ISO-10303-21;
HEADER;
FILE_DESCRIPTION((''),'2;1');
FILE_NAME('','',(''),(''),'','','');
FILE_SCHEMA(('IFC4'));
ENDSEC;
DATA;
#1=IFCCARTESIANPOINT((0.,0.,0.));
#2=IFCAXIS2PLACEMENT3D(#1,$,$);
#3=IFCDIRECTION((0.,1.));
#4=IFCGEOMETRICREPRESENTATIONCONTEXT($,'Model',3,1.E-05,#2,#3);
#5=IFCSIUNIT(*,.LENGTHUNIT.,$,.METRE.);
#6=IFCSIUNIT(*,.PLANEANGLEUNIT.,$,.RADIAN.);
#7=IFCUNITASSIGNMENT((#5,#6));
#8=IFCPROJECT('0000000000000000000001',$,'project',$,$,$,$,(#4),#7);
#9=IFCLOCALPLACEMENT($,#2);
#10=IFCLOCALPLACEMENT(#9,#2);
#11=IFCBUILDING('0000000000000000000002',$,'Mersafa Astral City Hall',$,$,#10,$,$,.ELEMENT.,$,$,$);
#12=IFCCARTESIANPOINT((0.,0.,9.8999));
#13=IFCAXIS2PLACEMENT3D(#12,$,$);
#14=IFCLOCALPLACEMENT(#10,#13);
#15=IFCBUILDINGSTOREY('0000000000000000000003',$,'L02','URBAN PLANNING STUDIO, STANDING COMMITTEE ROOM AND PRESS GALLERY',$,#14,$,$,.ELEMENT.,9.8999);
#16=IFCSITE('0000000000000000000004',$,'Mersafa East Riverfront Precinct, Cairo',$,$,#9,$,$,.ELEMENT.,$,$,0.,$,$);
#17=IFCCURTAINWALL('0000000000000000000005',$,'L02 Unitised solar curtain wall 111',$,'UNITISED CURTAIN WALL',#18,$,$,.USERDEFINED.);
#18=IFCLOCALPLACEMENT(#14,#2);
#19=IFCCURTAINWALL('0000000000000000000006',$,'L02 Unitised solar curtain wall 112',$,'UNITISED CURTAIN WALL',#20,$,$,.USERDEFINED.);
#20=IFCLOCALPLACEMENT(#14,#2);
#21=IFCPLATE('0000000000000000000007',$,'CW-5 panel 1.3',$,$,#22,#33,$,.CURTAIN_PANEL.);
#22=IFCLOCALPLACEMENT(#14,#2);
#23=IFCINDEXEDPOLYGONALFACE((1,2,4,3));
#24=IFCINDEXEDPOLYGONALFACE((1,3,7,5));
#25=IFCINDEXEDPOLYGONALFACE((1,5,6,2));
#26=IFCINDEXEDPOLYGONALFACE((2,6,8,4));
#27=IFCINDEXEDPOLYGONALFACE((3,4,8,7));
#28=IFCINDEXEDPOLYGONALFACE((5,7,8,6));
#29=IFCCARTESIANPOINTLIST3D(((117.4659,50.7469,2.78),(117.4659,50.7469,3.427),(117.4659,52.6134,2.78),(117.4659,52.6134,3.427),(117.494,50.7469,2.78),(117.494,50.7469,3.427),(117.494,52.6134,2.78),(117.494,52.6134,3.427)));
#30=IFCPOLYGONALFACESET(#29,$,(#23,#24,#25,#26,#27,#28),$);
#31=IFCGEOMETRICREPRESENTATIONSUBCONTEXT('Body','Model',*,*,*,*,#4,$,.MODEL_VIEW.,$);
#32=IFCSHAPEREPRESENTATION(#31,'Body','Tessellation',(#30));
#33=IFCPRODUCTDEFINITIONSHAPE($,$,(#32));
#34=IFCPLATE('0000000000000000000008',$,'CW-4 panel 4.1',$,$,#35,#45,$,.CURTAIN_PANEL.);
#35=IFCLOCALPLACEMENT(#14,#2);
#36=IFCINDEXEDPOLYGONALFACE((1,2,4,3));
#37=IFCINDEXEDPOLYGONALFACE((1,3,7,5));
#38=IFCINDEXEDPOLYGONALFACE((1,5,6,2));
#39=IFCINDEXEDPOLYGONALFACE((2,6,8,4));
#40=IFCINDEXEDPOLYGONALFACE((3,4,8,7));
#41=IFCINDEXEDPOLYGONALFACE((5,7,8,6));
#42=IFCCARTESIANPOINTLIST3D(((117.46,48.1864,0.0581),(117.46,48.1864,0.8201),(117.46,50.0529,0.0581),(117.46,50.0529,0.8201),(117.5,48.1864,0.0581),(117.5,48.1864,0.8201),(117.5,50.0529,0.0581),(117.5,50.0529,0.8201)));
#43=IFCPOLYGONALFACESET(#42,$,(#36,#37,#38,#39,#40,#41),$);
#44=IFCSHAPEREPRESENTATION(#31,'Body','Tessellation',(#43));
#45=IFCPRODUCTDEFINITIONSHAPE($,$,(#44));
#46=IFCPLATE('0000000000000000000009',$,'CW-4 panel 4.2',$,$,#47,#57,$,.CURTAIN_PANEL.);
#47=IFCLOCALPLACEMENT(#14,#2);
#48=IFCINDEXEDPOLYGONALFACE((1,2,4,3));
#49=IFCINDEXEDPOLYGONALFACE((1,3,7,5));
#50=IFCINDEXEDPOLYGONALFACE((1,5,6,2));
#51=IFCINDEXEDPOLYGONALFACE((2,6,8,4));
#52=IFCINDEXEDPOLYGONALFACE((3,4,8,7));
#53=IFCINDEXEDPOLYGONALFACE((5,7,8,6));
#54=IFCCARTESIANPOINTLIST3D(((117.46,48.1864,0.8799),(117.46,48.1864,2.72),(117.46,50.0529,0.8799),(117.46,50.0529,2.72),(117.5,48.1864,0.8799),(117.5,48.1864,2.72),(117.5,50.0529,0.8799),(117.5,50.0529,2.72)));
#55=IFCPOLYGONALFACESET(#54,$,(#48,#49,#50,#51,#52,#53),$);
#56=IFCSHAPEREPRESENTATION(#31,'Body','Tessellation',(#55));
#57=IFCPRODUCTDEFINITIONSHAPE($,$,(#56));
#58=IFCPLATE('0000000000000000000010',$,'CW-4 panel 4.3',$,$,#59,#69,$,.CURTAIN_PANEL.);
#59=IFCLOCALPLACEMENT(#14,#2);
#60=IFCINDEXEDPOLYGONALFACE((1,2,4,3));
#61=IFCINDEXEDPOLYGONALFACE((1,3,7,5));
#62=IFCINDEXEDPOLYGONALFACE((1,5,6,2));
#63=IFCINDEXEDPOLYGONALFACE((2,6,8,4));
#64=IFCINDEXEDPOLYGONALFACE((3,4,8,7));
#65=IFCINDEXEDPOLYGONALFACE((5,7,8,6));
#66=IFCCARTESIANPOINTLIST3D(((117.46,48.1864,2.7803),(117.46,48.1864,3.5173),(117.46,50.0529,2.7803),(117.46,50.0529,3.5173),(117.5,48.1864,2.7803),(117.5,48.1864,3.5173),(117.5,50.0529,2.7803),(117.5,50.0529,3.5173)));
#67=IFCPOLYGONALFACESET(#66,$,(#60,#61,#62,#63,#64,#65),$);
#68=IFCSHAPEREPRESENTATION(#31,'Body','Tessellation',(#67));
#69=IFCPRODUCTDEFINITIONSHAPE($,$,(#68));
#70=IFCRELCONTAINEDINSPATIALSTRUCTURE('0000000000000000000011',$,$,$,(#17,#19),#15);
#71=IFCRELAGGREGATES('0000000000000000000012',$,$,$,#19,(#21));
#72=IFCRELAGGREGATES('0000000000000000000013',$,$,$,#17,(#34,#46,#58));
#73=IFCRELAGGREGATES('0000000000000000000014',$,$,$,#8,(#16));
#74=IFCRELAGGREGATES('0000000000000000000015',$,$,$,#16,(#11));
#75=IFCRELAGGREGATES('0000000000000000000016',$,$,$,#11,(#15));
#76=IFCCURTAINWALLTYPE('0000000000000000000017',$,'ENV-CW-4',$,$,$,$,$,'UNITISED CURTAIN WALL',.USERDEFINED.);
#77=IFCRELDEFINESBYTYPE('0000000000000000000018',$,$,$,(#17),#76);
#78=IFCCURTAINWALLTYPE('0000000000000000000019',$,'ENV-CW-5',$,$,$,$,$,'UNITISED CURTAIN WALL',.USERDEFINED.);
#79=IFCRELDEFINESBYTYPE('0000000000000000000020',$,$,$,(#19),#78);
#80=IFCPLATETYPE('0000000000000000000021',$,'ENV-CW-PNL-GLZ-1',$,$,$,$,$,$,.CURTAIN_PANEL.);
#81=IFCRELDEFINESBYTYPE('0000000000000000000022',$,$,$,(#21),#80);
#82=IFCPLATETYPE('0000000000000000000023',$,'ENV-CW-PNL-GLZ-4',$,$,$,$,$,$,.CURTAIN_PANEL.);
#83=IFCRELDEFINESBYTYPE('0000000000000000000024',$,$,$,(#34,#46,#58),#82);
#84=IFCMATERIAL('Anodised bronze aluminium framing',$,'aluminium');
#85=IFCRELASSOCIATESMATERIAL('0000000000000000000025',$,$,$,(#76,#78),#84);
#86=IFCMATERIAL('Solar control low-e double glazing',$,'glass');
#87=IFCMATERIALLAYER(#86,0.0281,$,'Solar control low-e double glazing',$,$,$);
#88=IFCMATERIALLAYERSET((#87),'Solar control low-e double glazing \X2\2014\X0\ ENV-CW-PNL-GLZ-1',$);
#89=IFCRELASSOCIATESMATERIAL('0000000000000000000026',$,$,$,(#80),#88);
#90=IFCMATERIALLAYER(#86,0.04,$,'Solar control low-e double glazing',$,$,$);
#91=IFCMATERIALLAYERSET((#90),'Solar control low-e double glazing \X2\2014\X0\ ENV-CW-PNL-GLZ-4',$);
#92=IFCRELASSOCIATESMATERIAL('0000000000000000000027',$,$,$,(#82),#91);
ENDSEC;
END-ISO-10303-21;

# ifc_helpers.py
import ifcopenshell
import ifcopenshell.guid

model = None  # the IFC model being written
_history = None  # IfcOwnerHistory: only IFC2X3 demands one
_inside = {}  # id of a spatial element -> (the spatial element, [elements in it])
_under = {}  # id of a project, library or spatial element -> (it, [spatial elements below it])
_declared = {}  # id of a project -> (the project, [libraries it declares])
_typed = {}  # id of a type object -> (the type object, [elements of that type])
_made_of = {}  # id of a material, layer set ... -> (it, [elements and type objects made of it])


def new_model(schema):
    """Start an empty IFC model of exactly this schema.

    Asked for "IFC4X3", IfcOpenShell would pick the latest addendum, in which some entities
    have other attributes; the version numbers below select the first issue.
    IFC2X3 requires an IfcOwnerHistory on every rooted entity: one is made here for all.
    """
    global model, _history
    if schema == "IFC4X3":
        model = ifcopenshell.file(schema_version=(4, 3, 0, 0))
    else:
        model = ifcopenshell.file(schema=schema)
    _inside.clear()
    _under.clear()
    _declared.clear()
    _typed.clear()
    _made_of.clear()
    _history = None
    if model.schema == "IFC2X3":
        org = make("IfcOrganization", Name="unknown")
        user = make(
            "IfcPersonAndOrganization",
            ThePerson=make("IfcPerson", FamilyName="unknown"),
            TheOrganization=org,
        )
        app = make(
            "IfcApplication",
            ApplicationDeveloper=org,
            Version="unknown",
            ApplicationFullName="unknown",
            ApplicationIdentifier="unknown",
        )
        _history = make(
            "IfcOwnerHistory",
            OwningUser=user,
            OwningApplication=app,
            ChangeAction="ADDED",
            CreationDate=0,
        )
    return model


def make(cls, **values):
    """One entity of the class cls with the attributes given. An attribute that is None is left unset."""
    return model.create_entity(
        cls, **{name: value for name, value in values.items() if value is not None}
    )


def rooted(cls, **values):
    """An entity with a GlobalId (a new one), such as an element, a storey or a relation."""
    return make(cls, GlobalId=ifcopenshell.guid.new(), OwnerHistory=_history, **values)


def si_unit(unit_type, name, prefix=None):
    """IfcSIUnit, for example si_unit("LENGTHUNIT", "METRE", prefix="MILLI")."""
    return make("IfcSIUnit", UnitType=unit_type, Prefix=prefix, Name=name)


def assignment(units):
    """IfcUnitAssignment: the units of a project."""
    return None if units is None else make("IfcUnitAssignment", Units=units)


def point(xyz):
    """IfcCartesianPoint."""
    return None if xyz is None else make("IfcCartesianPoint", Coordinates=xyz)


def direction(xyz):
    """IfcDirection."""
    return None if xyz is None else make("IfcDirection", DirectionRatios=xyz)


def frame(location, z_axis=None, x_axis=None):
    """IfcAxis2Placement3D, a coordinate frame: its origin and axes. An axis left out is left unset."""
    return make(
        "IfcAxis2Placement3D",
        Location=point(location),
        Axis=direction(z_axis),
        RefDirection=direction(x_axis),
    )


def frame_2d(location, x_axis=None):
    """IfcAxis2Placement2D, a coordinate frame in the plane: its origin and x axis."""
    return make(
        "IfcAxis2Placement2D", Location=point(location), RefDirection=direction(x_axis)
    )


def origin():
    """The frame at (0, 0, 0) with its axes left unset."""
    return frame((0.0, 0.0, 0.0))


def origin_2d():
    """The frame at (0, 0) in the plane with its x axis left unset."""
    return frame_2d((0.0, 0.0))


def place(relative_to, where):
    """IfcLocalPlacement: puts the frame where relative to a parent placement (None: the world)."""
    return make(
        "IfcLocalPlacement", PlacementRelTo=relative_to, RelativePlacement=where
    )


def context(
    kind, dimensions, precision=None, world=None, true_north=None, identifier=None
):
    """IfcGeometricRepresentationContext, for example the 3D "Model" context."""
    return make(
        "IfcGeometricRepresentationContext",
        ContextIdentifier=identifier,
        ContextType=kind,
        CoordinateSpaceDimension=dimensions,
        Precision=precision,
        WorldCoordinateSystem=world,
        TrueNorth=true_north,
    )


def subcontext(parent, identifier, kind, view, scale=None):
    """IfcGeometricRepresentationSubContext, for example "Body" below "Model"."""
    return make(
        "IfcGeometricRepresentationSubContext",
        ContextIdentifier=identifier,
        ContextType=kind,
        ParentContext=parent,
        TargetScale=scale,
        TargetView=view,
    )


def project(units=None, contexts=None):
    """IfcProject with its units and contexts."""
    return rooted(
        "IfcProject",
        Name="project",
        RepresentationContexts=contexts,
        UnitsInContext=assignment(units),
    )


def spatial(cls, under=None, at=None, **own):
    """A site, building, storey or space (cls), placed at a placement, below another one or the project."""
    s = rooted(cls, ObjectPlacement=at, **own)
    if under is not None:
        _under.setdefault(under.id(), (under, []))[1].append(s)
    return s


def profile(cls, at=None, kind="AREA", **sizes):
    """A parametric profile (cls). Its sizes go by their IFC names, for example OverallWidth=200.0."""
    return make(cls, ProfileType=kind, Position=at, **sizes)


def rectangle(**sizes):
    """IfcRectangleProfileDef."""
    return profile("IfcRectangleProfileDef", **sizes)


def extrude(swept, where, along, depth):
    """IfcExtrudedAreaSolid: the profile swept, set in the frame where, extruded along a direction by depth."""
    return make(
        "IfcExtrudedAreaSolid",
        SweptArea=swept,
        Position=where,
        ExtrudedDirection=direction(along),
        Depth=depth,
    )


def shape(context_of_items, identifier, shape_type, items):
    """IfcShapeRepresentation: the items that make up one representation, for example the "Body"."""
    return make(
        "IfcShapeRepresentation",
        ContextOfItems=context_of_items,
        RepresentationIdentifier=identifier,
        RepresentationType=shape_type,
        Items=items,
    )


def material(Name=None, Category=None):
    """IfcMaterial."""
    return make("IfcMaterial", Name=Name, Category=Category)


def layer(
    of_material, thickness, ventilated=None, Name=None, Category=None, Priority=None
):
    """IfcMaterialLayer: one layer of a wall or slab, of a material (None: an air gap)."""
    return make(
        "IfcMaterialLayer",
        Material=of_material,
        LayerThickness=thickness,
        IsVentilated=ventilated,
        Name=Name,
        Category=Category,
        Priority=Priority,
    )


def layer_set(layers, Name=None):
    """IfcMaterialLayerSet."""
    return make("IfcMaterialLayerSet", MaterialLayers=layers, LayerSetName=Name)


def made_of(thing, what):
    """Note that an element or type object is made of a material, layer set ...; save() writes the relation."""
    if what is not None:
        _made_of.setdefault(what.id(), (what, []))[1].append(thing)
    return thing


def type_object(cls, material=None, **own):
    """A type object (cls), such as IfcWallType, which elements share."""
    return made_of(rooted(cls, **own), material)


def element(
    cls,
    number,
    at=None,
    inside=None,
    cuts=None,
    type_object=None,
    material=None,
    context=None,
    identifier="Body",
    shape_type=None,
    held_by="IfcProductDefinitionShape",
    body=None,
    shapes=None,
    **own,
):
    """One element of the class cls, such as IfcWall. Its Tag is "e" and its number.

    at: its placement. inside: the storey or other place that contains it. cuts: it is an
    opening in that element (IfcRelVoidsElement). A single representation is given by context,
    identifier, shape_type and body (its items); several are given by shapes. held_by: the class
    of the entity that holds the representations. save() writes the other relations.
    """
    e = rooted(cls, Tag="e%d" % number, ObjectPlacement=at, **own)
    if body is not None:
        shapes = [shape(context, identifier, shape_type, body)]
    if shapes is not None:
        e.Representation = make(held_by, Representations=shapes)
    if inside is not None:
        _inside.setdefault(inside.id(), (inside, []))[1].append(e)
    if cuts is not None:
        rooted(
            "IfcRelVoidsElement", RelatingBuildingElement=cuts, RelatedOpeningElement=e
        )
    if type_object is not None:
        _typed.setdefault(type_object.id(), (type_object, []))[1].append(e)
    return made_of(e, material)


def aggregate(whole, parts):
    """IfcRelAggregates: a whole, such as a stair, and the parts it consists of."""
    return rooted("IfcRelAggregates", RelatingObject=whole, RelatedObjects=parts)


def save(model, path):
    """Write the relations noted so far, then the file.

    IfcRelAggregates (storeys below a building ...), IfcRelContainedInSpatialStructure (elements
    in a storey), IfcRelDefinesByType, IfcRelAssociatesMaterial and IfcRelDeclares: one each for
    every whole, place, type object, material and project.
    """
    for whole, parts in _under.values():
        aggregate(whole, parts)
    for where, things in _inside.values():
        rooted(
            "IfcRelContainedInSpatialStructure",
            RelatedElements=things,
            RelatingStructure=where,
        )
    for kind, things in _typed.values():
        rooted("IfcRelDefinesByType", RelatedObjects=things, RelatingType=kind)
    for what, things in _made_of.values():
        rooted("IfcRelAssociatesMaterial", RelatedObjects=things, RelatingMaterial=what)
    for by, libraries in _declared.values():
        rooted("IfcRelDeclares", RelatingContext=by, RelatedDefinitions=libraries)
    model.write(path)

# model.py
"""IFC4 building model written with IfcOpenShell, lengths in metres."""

from ifc_helpers import new_model, si_unit, direction, frame, origin, origin_2d, place, context, subcontext, project, spatial, rectangle, extrude, material, layer, layer_set, type_object, element, aggregate, save


model = new_model("IFC4")

# Units and contexts
model_context = context("Model", 3, precision=1e-05, world=origin(), true_north=direction((0.0, 1.0)))
body_context = subcontext(model_context, "Body", "Model", "MODEL_VIEW")
ifc_project = project(units=[si_unit("LENGTHUNIT", "METRE"), si_unit("PLANEANGLEUNIT", "RADIAN")], contexts=[model_context])

# Site, building, storey
site_placement = place(None, origin())
site = spatial("IfcSite", under=ifc_project, at=site_placement, Name="Mersafa East Riverfront Precinct, Cairo", CompositionType="ELEMENT", RefElevation=0.0)
building_placement = place(site_placement, origin())
building = spatial("IfcBuilding", under=site, at=building_placement, Name="Mersafa Astral City Hall", CompositionType="ELEMENT")
storey_placement = place(building_placement, frame((0.0, 0.0, 9.8999)))
storey = spatial("IfcBuildingStorey", under=building, at=storey_placement, Name="L02", Description="URBAN PLANNING STUDIO, STANDING COMMITTEE ROOM AND PRESS GALLERY", CompositionType="ELEMENT", Elevation=9.8999)

# Curtain walls
ifc_material_1 = material(Name="Anodised bronze aluminium framing", Category="aluminium")
curtain_wall_type_1 = type_object("IfcCurtainWallType", Name="ENV-CW-4", ElementType="UNITISED CURTAIN WALL", PredefinedType="USERDEFINED", material=ifc_material_1)
curtain_wall_1_placement = place(storey_placement, origin())
curtain_wall_1 = element("IfcCurtainWall", 1, at=curtain_wall_1_placement, inside=storey, type_object=curtain_wall_type_1, Name="L02 Unitised solar curtain wall 111", ObjectType="UNITISED CURTAIN WALL", PredefinedType="USERDEFINED")
curtain_wall_type_2 = type_object("IfcCurtainWallType", Name="ENV-CW-5", ElementType="UNITISED CURTAIN WALL", PredefinedType="USERDEFINED", material=ifc_material_1)
curtain_wall_2_placement = place(storey_placement, origin())
curtain_wall_2 = element("IfcCurtainWall", 2, at=curtain_wall_2_placement, inside=storey, type_object=curtain_wall_type_2, Name="L02 Unitised solar curtain wall 112", ObjectType="UNITISED CURTAIN WALL", PredefinedType="USERDEFINED")

# Plates
ifc_material_2 = material(Name="Solar control low-e double glazing", Category="glass")
ifc_layer_1 = layer(ifc_material_2, 0.0281, Name="Solar control low-e double glazing")
ifc_layer_set_1 = layer_set([ifc_layer_1], Name="Solar control low-e double glazing — ENV-CW-PNL-GLZ-1")
plate_type_1 = type_object("IfcPlateType", Name="ENV-CW-PNL-GLZ-1", PredefinedType="CURTAIN_PANEL", material=ifc_layer_set_1)
plate_1_placement = place(storey_placement, frame((117.48, 51.6802, 2.78), z_axis=(0.0, 0.0, 1.0), x_axis=(0.0, 1.0, 0.0)))
plate_1 = element("IfcPlate", 3, at=plate_1_placement, type_object=plate_type_1, Name="CW-5 panel 1.3", PredefinedType="CURTAIN_PANEL", context=body_context, shape_type="SweptSolid", body=[
    extrude(rectangle(XDim=1.8665, YDim=0.0281, at=origin_2d()), origin(), (0.0, 0.0, 1.0), 0.647),
])
aggregate(curtain_wall_2, [plate_1])
ifc_layer_2 = layer(ifc_material_2, 0.04, Name="Solar control low-e double glazing")
ifc_layer_set_2 = layer_set([ifc_layer_2], Name="Solar control low-e double glazing — ENV-CW-PNL-GLZ-4")
plate_type_2 = type_object("IfcPlateType", Name="ENV-CW-PNL-GLZ-4", PredefinedType="CURTAIN_PANEL", material=ifc_layer_set_2)
plate_2_placement = place(storey_placement, frame((117.48, 49.1196, 0.0581), z_axis=(0.0, 0.0, 1.0), x_axis=(0.0, 1.0, 0.0)))
plate_2 = element("IfcPlate", 4, at=plate_2_placement, type_object=plate_type_2, Name="CW-4 panel 4.1", PredefinedType="CURTAIN_PANEL", context=body_context, shape_type="SweptSolid", body=[
    extrude(rectangle(XDim=1.8665, YDim=0.04, at=origin_2d()), origin(), (0.0, 0.0, 1.0), 0.762),
])
plate_3_placement = place(storey_placement, frame((117.48, 49.1196, 0.8799), z_axis=(0.0, 0.0, 1.0), x_axis=(0.0, 1.0, 0.0)))
plate_3 = element("IfcPlate", 5, at=plate_3_placement, type_object=plate_type_2, Name="CW-4 panel 4.2", PredefinedType="CURTAIN_PANEL", context=body_context, shape_type="SweptSolid", body=[
    extrude(rectangle(XDim=1.8665, YDim=0.04, at=origin_2d()), origin(), (0.0, 0.0, 1.0), 1.8401),
])
plate_4_placement = place(storey_placement, frame((117.48, 49.1196, 2.7803), z_axis=(0.0, 0.0, 1.0), x_axis=(0.0, 1.0, 0.0)))
plate_4 = element("IfcPlate", 6, at=plate_4_placement, type_object=plate_type_2, Name="CW-4 panel 4.3", PredefinedType="CURTAIN_PANEL", context=body_context, shape_type="SweptSolid", body=[
    extrude(rectangle(XDim=1.8665, YDim=0.04, at=origin_2d()), origin(), (0.0, 0.0, 1.0), 0.7371),
])
aggregate(curtain_wall_1, [plate_2, plate_3, plate_4])

save(model, "model.ifc")
